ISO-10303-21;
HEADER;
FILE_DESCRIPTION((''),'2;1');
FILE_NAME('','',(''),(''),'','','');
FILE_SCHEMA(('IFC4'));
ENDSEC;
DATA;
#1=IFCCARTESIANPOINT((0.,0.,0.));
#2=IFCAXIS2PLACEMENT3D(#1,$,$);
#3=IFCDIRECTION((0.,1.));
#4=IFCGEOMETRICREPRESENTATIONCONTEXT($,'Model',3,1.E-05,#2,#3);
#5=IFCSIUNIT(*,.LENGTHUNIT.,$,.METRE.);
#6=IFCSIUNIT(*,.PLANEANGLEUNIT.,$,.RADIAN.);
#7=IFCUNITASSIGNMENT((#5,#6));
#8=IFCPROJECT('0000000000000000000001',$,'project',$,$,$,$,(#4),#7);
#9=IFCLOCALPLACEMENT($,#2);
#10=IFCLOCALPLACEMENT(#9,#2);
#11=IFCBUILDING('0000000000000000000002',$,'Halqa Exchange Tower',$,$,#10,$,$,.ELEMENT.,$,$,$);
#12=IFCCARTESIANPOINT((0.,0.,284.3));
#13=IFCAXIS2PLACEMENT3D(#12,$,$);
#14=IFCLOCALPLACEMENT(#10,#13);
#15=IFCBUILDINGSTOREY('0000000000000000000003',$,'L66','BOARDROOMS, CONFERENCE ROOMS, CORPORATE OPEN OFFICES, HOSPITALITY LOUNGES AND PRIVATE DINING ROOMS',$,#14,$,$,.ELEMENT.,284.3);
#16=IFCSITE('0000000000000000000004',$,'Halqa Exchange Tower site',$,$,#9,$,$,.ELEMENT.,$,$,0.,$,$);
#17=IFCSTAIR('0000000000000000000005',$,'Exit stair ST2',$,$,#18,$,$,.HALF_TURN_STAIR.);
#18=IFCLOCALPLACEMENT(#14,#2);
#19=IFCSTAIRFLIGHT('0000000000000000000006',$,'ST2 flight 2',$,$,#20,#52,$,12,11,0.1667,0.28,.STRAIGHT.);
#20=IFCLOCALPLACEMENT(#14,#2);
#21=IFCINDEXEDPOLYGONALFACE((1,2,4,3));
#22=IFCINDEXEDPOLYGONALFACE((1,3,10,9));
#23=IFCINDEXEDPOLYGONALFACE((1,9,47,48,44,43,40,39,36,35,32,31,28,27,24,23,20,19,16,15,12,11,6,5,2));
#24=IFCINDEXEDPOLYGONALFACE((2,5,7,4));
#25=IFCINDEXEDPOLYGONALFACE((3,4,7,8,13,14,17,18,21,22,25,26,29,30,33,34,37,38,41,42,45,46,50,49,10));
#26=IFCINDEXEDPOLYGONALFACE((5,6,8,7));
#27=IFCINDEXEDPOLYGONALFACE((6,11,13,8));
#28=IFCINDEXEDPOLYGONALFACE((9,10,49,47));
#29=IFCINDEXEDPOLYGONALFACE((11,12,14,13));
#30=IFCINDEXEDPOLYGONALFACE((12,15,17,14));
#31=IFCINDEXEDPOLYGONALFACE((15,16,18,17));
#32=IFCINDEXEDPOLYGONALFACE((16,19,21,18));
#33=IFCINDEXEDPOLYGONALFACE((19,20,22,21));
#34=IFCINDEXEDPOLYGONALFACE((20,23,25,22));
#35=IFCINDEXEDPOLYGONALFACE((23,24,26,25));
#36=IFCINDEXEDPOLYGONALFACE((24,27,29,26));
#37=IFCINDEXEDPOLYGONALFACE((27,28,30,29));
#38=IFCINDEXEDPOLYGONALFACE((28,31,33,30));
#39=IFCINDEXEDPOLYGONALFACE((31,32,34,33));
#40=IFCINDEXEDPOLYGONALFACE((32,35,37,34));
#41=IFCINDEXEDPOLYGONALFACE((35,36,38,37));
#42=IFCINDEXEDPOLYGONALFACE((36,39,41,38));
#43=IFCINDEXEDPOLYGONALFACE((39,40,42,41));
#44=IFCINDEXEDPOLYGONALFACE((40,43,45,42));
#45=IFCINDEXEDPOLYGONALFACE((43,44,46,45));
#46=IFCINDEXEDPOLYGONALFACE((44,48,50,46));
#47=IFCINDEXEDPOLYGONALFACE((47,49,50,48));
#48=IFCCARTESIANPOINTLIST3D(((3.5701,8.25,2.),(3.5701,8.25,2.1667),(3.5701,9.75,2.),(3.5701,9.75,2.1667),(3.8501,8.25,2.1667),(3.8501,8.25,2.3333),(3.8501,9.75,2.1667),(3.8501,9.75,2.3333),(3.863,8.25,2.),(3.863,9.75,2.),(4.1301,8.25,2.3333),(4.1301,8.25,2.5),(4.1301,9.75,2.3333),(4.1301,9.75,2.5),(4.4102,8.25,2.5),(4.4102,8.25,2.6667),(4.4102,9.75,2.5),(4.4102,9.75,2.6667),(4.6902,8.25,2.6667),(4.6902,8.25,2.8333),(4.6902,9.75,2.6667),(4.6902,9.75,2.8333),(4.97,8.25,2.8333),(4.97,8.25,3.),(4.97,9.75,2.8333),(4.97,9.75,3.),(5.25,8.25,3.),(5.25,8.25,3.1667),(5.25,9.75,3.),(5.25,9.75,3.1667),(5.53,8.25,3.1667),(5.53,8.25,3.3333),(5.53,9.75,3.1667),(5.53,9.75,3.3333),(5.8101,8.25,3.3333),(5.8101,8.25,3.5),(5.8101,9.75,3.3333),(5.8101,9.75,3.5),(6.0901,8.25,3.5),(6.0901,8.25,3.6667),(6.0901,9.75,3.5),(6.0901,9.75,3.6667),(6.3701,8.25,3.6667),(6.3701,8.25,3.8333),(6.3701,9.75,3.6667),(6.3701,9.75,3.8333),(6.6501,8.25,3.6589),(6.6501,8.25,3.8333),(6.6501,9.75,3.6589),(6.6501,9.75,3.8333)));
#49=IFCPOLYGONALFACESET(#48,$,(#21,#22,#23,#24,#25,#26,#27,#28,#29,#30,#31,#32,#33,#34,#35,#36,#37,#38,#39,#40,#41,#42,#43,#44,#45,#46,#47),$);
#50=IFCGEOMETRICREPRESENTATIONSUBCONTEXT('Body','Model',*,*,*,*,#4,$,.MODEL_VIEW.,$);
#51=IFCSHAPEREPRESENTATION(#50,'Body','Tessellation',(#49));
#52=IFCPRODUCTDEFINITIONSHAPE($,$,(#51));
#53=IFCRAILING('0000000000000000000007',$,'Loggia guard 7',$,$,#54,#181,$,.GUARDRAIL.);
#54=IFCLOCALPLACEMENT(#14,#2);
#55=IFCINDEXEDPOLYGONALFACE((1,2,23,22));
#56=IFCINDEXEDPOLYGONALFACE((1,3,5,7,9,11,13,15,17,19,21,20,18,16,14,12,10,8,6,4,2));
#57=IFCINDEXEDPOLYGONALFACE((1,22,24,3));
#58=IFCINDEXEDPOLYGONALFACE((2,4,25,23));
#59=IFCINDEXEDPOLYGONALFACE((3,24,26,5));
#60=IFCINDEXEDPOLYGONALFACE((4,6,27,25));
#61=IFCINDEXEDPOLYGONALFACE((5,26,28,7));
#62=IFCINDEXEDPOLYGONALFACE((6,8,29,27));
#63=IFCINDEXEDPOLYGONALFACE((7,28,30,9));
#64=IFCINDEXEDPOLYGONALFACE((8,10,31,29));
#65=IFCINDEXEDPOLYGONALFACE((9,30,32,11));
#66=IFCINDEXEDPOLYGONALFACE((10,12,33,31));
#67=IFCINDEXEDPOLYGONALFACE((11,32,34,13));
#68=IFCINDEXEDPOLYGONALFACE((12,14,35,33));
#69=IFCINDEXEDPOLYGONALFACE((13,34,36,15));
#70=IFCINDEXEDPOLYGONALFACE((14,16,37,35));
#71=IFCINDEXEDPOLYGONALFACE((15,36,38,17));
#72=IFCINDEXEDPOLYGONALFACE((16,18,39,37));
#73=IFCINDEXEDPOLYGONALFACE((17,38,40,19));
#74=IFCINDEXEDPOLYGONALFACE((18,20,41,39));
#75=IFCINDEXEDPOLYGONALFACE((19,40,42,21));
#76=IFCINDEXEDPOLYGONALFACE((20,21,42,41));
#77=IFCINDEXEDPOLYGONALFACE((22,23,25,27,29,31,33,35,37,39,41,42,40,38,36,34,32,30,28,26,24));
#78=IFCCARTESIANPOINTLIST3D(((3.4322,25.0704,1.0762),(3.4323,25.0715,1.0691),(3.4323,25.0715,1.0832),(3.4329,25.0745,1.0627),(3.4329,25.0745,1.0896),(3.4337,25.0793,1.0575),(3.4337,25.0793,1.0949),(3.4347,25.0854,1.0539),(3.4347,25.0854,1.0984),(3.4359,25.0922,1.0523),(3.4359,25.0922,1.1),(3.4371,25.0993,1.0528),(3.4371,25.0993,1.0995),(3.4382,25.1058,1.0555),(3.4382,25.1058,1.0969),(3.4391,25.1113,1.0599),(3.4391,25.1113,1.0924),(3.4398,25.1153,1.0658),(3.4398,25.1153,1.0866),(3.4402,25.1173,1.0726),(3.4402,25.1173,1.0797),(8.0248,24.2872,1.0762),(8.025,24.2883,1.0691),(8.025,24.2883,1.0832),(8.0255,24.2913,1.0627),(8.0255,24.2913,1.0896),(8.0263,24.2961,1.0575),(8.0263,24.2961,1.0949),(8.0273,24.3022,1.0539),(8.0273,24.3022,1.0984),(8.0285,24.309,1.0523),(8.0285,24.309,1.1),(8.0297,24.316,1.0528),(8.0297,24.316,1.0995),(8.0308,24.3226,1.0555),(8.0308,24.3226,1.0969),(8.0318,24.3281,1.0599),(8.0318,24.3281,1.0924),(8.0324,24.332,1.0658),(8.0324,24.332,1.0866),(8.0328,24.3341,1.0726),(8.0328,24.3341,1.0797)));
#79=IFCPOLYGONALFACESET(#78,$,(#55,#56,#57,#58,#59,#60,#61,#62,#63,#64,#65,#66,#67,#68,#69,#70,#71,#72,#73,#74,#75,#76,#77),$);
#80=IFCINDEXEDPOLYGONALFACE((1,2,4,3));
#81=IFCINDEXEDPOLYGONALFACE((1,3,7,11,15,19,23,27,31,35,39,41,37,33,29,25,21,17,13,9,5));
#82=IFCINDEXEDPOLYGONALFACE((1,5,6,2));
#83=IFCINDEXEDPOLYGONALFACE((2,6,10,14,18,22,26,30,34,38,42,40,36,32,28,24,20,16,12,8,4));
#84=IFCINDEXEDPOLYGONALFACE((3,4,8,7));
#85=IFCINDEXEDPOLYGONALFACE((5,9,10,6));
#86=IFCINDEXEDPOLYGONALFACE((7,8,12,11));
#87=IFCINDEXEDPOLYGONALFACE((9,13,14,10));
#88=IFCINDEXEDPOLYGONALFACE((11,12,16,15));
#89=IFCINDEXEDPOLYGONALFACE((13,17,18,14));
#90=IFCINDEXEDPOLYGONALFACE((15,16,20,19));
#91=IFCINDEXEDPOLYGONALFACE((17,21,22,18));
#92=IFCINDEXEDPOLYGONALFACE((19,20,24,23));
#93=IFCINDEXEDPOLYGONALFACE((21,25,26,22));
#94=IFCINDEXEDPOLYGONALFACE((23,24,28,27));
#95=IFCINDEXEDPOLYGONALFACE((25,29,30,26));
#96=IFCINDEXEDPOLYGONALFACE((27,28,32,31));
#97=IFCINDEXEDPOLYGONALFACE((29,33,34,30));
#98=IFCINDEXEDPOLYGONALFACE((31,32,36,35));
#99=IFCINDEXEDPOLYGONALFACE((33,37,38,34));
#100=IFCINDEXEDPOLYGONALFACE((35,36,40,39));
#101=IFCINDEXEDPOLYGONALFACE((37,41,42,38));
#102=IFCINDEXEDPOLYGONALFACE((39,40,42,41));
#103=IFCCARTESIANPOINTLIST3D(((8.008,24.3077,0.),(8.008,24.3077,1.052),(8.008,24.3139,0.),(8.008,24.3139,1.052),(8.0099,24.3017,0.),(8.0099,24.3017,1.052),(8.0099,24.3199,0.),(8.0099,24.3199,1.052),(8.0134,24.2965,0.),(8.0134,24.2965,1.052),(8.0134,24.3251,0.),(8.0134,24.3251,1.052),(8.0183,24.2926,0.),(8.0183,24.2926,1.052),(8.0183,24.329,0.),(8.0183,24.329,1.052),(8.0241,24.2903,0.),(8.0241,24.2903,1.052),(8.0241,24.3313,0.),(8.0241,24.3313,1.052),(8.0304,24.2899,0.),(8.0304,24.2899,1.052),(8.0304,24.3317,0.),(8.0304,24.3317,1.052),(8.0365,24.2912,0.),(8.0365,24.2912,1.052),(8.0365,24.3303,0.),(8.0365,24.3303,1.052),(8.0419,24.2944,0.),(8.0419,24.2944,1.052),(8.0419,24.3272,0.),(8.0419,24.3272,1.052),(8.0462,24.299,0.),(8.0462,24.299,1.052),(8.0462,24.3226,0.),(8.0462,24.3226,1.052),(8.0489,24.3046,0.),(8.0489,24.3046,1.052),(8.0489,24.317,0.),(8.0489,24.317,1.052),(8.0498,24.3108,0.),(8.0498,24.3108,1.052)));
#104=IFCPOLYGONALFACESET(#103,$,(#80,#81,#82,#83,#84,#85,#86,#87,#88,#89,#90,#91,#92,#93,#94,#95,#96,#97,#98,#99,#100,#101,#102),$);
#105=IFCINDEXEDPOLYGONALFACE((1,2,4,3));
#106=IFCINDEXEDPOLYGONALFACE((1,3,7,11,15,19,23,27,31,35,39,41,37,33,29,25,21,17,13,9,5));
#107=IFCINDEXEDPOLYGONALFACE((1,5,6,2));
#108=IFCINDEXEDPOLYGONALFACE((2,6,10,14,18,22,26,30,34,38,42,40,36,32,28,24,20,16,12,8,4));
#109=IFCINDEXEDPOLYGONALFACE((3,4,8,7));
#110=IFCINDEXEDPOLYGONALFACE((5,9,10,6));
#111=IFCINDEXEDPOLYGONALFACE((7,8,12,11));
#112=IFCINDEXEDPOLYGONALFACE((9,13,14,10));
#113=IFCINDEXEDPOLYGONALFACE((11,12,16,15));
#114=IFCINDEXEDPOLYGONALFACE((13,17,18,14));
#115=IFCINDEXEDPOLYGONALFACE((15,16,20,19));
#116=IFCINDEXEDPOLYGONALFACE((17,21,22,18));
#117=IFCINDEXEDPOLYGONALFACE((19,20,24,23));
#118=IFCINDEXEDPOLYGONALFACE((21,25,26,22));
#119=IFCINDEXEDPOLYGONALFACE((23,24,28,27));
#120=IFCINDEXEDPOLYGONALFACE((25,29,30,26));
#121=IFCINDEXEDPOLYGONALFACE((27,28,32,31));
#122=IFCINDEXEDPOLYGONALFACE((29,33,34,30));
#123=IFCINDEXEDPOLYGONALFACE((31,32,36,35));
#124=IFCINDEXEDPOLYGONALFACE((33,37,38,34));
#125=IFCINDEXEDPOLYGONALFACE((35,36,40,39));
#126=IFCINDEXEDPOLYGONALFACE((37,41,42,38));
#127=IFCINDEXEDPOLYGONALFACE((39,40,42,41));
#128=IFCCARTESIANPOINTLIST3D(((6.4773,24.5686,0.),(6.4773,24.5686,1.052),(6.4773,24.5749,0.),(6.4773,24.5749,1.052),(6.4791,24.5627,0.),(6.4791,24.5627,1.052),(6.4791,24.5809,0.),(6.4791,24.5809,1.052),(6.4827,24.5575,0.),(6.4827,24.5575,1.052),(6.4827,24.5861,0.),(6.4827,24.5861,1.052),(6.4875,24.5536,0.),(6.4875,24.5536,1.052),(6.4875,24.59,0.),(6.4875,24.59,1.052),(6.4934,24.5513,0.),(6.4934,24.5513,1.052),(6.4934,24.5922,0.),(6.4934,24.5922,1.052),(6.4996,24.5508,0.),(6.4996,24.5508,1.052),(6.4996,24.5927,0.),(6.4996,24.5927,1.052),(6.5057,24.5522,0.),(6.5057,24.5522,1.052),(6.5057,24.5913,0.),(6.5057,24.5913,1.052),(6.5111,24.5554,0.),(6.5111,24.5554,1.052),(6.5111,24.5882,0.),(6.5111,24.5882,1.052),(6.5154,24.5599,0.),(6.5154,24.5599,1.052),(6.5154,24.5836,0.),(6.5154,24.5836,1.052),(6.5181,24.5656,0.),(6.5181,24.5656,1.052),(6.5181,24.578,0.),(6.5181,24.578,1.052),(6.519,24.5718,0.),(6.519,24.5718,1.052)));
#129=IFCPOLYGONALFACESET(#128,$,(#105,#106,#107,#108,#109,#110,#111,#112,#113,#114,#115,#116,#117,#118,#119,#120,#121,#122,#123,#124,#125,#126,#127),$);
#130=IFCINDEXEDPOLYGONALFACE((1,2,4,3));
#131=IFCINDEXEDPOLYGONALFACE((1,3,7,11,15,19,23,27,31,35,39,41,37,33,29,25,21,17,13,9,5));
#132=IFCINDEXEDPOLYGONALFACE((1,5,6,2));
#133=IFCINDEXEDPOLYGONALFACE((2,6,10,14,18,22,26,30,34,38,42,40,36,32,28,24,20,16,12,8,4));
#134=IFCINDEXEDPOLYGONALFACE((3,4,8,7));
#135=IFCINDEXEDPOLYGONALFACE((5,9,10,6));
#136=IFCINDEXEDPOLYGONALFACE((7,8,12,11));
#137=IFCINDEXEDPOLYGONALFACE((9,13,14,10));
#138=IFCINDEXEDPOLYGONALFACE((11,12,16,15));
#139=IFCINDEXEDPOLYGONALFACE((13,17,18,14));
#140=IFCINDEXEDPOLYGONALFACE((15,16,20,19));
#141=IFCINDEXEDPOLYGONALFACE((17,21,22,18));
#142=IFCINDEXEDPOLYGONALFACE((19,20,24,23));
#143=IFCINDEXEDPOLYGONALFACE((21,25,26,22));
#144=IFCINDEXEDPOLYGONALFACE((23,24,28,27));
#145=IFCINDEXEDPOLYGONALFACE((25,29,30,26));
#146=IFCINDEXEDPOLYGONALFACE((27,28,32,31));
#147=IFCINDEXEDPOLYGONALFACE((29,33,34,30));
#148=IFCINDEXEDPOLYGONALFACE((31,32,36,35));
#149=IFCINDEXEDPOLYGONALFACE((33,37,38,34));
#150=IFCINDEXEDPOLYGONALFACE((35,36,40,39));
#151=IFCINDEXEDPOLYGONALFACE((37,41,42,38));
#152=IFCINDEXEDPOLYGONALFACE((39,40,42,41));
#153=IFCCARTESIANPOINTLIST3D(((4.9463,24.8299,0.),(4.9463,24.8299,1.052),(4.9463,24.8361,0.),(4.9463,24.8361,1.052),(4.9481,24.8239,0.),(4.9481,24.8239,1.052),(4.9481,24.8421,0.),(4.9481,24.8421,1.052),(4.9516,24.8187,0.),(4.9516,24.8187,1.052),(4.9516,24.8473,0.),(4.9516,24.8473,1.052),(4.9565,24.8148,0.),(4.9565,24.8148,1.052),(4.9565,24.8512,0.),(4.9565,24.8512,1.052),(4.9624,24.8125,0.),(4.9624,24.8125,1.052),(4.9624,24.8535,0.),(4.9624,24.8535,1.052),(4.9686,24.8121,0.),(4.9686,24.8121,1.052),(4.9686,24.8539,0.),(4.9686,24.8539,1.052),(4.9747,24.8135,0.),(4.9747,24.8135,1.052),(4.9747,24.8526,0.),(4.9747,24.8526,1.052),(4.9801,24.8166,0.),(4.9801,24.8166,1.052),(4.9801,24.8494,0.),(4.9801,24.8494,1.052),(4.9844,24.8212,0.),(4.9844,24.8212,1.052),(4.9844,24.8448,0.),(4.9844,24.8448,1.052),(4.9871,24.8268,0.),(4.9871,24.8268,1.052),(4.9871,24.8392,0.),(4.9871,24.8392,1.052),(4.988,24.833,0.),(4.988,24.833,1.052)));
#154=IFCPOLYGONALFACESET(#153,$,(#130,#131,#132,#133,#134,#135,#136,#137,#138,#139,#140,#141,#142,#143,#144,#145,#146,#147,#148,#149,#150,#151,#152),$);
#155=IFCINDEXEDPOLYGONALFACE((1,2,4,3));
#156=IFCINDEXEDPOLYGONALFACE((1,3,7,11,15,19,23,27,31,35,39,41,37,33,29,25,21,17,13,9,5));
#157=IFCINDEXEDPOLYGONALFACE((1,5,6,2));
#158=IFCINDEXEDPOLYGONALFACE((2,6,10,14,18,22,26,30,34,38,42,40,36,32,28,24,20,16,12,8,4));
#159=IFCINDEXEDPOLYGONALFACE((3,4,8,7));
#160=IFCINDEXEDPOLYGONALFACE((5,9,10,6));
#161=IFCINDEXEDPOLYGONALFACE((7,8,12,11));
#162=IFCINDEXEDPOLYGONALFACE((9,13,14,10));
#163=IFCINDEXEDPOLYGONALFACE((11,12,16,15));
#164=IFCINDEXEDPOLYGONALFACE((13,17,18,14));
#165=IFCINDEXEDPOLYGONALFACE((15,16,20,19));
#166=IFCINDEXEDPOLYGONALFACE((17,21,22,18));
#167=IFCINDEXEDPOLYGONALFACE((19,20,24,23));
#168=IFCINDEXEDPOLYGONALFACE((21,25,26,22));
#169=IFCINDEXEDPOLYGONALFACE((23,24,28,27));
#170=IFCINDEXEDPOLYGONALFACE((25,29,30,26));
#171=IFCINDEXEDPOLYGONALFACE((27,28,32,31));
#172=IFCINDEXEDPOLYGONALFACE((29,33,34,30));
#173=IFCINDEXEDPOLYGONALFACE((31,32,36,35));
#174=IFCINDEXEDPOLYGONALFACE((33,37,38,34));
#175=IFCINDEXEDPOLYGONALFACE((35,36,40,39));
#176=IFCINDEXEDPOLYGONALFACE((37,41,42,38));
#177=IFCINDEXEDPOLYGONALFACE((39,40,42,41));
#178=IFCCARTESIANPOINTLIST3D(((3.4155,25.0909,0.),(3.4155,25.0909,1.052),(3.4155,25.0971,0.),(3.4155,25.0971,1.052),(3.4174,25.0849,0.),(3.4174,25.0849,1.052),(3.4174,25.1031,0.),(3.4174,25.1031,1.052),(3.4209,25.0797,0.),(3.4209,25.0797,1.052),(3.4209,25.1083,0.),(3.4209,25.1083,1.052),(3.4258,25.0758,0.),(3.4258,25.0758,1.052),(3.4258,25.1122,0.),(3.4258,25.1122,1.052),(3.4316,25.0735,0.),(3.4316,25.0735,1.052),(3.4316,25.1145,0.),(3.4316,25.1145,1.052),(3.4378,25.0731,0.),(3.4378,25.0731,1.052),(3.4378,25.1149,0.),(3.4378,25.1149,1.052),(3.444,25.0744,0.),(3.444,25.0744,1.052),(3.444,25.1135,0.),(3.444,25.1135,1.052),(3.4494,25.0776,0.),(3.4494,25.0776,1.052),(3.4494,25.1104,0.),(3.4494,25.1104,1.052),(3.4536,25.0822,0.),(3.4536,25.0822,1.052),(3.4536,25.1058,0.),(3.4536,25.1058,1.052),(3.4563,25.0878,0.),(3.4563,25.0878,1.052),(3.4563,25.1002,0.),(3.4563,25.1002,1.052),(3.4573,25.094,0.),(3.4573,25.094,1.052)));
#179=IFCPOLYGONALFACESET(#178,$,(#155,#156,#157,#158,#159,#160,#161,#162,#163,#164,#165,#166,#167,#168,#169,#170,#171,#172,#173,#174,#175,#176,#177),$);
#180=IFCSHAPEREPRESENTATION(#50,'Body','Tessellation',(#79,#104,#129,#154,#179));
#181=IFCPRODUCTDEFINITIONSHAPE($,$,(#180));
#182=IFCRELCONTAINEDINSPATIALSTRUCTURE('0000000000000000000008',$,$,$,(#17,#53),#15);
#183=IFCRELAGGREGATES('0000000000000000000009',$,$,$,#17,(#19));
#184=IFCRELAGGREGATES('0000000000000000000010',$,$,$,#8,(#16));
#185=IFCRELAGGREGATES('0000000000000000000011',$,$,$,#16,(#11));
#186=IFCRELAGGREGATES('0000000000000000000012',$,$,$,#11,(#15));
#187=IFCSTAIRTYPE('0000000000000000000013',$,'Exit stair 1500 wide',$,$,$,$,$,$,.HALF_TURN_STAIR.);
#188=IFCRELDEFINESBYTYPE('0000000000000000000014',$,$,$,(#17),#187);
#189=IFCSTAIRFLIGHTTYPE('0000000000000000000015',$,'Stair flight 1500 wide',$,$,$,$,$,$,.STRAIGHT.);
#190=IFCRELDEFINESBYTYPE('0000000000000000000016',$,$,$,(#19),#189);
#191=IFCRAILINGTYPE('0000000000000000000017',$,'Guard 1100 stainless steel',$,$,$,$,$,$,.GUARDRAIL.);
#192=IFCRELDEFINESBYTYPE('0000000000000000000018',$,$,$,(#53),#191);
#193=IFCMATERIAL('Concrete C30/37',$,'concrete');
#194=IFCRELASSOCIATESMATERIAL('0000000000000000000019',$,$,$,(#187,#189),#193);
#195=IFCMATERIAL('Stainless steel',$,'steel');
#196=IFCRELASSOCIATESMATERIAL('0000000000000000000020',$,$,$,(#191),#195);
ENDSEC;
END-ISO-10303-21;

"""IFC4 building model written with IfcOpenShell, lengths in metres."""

from ifc_helpers import new_model, si_unit, direction, frame, origin, origin_2d, place, context, subcontext, project, spatial, polyline, circle, outline, extrude, material, type_object, element, aggregate, save


model = new_model("IFC4")

# Units and contexts
model_context = context("Model", 3, precision=1e-05, world=origin(), true_north=direction((0.0, 1.0)))
body_context = subcontext(model_context, "Body", "Model", "MODEL_VIEW")
ifc_project = project(units=[si_unit("LENGTHUNIT", "METRE"), si_unit("PLANEANGLEUNIT", "RADIAN")], contexts=[model_context])

# Site, building, storey
site_placement = place(None, origin())
site = spatial("IfcSite", under=ifc_project, at=site_placement, Name="Halqa Exchange Tower site", CompositionType="ELEMENT", RefElevation=0.0)
building_placement = place(site_placement, origin())
building = spatial("IfcBuilding", under=site, at=building_placement, Name="Halqa Exchange Tower", CompositionType="ELEMENT")
storey_placement = place(building_placement, frame((0.0, 0.0, 284.3)))
storey = spatial("IfcBuildingStorey", under=building, at=storey_placement, Name="L66", Description="BOARDROOMS, CONFERENCE ROOMS, CORPORATE OPEN OFFICES, HOSPITALITY LOUNGES AND PRIVATE DINING ROOMS", CompositionType="ELEMENT", Elevation=284.3)

# Stair
ifc_material_1 = material(Name="Concrete C30/37", Category="concrete")
stair_type = type_object("IfcStairType", Name="Exit stair 1500 wide", PredefinedType="HALF_TURN_STAIR", material=ifc_material_1)
stair_1_placement = place(storey_placement, origin())
stair_1 = element("IfcStair", 1, at=stair_1_placement, inside=storey, type_object=stair_type, Name="Exit stair ST2", PredefinedType="HALF_TURN_STAIR")

# Stair flight
stair_flight_type = type_object("IfcStairFlightType", Name="Stair flight 1500 wide", PredefinedType="STRAIGHT", material=ifc_material_1)
stair_flight_1_placement = place(storey_placement, frame((3.5701, 9.0, 2.0), z_axis=(0.0, 0.0, 1.0), x_axis=(1.0, 0.0, 0.0)))
stair_flight_1 = element("IfcStairFlight", 2, at=stair_flight_1_placement, type_object=stair_flight_type, Name="ST2 flight 2", NumberOfRisers=12, NumberOfTreads=11, PredefinedType="STRAIGHT", RiserHeight=0.1667, TreadLength=0.28, context=body_context, shape_type="SweptSolid", body=[
    extrude(outline(polyline([(0.0, 0.0), (0.0, 0.1667), (0.28, 0.1667), (0.28, 0.3333), (0.5601, 0.3333), (0.5601, 0.5), (0.8401, 0.5), (0.8401, 0.6667), (1.1201, 0.6667), (1.1201, 0.8333), (1.3999, 0.8333), (1.3999, 1.0), (1.6799, 1.0), (1.6799, 1.1667), (1.96, 1.1667), (1.96, 1.3333), (2.24, 1.3333), (2.24, 1.5), (2.52, 1.5), (2.52, 1.6667), (2.8, 1.6667), (2.8, 1.8333), (3.0801, 1.8333), (3.0801, 2.0), (3.0801, 1.6589), (0.293, 0.0), (0.0, 0.0)])), frame((0.0, 0.75, 0.0), z_axis=(0.0, -1.0, 0.0), x_axis=(1.0, 0.0, 0.0)), (0.0, 0.0, 1.0), 1.5),
])
aggregate(stair_1, [stair_flight_1])

# Railing
ifc_material_2 = material(Name="Stainless steel", Category="steel")
railing_type_1 = type_object("IfcRailingType", Name="Guard 1100 stainless steel", PredefinedType="GUARDRAIL", material=ifc_material_2)
railing_1_placement = place(storey_placement, frame((8.0288, 24.3108, 0.0)))
element("IfcRailing", 3, at=railing_1_placement, inside=storey, type_object=railing_type_1, Name="Loggia guard 7", PredefinedType="GUARDRAIL", context=body_context, shape_type="SweptSolid", body=[
    extrude(circle(Radius=0.0239, at=origin_2d()), frame((0.0, 0.0, 1.0762), z_axis=(-0.985768, 0.168111, 0.0), x_axis=(-0.168111, -0.985768, 0.0)), (0.0, 0.0, 1.0), 4.6589),
    extrude(circle(Radius=0.021, at=origin_2d()), origin(), (0.0, 0.0, 1.0), 1.052),
    extrude(circle(Radius=0.021, at=origin_2d()), frame((-1.5308, 0.261, 0.0)), (0.0, 0.0, 1.0), 1.052),
    extrude(circle(Radius=0.021, at=origin_2d()), frame((-3.0618, 0.5222, 0.0)), (0.0, 0.0, 1.0), 1.052),
    extrude(circle(Radius=0.021, at=origin_2d()), frame((-4.5925, 0.7832, 0.0)), (0.0, 0.0, 1.0), 1.052),
])

save(model, "model.ifc")
